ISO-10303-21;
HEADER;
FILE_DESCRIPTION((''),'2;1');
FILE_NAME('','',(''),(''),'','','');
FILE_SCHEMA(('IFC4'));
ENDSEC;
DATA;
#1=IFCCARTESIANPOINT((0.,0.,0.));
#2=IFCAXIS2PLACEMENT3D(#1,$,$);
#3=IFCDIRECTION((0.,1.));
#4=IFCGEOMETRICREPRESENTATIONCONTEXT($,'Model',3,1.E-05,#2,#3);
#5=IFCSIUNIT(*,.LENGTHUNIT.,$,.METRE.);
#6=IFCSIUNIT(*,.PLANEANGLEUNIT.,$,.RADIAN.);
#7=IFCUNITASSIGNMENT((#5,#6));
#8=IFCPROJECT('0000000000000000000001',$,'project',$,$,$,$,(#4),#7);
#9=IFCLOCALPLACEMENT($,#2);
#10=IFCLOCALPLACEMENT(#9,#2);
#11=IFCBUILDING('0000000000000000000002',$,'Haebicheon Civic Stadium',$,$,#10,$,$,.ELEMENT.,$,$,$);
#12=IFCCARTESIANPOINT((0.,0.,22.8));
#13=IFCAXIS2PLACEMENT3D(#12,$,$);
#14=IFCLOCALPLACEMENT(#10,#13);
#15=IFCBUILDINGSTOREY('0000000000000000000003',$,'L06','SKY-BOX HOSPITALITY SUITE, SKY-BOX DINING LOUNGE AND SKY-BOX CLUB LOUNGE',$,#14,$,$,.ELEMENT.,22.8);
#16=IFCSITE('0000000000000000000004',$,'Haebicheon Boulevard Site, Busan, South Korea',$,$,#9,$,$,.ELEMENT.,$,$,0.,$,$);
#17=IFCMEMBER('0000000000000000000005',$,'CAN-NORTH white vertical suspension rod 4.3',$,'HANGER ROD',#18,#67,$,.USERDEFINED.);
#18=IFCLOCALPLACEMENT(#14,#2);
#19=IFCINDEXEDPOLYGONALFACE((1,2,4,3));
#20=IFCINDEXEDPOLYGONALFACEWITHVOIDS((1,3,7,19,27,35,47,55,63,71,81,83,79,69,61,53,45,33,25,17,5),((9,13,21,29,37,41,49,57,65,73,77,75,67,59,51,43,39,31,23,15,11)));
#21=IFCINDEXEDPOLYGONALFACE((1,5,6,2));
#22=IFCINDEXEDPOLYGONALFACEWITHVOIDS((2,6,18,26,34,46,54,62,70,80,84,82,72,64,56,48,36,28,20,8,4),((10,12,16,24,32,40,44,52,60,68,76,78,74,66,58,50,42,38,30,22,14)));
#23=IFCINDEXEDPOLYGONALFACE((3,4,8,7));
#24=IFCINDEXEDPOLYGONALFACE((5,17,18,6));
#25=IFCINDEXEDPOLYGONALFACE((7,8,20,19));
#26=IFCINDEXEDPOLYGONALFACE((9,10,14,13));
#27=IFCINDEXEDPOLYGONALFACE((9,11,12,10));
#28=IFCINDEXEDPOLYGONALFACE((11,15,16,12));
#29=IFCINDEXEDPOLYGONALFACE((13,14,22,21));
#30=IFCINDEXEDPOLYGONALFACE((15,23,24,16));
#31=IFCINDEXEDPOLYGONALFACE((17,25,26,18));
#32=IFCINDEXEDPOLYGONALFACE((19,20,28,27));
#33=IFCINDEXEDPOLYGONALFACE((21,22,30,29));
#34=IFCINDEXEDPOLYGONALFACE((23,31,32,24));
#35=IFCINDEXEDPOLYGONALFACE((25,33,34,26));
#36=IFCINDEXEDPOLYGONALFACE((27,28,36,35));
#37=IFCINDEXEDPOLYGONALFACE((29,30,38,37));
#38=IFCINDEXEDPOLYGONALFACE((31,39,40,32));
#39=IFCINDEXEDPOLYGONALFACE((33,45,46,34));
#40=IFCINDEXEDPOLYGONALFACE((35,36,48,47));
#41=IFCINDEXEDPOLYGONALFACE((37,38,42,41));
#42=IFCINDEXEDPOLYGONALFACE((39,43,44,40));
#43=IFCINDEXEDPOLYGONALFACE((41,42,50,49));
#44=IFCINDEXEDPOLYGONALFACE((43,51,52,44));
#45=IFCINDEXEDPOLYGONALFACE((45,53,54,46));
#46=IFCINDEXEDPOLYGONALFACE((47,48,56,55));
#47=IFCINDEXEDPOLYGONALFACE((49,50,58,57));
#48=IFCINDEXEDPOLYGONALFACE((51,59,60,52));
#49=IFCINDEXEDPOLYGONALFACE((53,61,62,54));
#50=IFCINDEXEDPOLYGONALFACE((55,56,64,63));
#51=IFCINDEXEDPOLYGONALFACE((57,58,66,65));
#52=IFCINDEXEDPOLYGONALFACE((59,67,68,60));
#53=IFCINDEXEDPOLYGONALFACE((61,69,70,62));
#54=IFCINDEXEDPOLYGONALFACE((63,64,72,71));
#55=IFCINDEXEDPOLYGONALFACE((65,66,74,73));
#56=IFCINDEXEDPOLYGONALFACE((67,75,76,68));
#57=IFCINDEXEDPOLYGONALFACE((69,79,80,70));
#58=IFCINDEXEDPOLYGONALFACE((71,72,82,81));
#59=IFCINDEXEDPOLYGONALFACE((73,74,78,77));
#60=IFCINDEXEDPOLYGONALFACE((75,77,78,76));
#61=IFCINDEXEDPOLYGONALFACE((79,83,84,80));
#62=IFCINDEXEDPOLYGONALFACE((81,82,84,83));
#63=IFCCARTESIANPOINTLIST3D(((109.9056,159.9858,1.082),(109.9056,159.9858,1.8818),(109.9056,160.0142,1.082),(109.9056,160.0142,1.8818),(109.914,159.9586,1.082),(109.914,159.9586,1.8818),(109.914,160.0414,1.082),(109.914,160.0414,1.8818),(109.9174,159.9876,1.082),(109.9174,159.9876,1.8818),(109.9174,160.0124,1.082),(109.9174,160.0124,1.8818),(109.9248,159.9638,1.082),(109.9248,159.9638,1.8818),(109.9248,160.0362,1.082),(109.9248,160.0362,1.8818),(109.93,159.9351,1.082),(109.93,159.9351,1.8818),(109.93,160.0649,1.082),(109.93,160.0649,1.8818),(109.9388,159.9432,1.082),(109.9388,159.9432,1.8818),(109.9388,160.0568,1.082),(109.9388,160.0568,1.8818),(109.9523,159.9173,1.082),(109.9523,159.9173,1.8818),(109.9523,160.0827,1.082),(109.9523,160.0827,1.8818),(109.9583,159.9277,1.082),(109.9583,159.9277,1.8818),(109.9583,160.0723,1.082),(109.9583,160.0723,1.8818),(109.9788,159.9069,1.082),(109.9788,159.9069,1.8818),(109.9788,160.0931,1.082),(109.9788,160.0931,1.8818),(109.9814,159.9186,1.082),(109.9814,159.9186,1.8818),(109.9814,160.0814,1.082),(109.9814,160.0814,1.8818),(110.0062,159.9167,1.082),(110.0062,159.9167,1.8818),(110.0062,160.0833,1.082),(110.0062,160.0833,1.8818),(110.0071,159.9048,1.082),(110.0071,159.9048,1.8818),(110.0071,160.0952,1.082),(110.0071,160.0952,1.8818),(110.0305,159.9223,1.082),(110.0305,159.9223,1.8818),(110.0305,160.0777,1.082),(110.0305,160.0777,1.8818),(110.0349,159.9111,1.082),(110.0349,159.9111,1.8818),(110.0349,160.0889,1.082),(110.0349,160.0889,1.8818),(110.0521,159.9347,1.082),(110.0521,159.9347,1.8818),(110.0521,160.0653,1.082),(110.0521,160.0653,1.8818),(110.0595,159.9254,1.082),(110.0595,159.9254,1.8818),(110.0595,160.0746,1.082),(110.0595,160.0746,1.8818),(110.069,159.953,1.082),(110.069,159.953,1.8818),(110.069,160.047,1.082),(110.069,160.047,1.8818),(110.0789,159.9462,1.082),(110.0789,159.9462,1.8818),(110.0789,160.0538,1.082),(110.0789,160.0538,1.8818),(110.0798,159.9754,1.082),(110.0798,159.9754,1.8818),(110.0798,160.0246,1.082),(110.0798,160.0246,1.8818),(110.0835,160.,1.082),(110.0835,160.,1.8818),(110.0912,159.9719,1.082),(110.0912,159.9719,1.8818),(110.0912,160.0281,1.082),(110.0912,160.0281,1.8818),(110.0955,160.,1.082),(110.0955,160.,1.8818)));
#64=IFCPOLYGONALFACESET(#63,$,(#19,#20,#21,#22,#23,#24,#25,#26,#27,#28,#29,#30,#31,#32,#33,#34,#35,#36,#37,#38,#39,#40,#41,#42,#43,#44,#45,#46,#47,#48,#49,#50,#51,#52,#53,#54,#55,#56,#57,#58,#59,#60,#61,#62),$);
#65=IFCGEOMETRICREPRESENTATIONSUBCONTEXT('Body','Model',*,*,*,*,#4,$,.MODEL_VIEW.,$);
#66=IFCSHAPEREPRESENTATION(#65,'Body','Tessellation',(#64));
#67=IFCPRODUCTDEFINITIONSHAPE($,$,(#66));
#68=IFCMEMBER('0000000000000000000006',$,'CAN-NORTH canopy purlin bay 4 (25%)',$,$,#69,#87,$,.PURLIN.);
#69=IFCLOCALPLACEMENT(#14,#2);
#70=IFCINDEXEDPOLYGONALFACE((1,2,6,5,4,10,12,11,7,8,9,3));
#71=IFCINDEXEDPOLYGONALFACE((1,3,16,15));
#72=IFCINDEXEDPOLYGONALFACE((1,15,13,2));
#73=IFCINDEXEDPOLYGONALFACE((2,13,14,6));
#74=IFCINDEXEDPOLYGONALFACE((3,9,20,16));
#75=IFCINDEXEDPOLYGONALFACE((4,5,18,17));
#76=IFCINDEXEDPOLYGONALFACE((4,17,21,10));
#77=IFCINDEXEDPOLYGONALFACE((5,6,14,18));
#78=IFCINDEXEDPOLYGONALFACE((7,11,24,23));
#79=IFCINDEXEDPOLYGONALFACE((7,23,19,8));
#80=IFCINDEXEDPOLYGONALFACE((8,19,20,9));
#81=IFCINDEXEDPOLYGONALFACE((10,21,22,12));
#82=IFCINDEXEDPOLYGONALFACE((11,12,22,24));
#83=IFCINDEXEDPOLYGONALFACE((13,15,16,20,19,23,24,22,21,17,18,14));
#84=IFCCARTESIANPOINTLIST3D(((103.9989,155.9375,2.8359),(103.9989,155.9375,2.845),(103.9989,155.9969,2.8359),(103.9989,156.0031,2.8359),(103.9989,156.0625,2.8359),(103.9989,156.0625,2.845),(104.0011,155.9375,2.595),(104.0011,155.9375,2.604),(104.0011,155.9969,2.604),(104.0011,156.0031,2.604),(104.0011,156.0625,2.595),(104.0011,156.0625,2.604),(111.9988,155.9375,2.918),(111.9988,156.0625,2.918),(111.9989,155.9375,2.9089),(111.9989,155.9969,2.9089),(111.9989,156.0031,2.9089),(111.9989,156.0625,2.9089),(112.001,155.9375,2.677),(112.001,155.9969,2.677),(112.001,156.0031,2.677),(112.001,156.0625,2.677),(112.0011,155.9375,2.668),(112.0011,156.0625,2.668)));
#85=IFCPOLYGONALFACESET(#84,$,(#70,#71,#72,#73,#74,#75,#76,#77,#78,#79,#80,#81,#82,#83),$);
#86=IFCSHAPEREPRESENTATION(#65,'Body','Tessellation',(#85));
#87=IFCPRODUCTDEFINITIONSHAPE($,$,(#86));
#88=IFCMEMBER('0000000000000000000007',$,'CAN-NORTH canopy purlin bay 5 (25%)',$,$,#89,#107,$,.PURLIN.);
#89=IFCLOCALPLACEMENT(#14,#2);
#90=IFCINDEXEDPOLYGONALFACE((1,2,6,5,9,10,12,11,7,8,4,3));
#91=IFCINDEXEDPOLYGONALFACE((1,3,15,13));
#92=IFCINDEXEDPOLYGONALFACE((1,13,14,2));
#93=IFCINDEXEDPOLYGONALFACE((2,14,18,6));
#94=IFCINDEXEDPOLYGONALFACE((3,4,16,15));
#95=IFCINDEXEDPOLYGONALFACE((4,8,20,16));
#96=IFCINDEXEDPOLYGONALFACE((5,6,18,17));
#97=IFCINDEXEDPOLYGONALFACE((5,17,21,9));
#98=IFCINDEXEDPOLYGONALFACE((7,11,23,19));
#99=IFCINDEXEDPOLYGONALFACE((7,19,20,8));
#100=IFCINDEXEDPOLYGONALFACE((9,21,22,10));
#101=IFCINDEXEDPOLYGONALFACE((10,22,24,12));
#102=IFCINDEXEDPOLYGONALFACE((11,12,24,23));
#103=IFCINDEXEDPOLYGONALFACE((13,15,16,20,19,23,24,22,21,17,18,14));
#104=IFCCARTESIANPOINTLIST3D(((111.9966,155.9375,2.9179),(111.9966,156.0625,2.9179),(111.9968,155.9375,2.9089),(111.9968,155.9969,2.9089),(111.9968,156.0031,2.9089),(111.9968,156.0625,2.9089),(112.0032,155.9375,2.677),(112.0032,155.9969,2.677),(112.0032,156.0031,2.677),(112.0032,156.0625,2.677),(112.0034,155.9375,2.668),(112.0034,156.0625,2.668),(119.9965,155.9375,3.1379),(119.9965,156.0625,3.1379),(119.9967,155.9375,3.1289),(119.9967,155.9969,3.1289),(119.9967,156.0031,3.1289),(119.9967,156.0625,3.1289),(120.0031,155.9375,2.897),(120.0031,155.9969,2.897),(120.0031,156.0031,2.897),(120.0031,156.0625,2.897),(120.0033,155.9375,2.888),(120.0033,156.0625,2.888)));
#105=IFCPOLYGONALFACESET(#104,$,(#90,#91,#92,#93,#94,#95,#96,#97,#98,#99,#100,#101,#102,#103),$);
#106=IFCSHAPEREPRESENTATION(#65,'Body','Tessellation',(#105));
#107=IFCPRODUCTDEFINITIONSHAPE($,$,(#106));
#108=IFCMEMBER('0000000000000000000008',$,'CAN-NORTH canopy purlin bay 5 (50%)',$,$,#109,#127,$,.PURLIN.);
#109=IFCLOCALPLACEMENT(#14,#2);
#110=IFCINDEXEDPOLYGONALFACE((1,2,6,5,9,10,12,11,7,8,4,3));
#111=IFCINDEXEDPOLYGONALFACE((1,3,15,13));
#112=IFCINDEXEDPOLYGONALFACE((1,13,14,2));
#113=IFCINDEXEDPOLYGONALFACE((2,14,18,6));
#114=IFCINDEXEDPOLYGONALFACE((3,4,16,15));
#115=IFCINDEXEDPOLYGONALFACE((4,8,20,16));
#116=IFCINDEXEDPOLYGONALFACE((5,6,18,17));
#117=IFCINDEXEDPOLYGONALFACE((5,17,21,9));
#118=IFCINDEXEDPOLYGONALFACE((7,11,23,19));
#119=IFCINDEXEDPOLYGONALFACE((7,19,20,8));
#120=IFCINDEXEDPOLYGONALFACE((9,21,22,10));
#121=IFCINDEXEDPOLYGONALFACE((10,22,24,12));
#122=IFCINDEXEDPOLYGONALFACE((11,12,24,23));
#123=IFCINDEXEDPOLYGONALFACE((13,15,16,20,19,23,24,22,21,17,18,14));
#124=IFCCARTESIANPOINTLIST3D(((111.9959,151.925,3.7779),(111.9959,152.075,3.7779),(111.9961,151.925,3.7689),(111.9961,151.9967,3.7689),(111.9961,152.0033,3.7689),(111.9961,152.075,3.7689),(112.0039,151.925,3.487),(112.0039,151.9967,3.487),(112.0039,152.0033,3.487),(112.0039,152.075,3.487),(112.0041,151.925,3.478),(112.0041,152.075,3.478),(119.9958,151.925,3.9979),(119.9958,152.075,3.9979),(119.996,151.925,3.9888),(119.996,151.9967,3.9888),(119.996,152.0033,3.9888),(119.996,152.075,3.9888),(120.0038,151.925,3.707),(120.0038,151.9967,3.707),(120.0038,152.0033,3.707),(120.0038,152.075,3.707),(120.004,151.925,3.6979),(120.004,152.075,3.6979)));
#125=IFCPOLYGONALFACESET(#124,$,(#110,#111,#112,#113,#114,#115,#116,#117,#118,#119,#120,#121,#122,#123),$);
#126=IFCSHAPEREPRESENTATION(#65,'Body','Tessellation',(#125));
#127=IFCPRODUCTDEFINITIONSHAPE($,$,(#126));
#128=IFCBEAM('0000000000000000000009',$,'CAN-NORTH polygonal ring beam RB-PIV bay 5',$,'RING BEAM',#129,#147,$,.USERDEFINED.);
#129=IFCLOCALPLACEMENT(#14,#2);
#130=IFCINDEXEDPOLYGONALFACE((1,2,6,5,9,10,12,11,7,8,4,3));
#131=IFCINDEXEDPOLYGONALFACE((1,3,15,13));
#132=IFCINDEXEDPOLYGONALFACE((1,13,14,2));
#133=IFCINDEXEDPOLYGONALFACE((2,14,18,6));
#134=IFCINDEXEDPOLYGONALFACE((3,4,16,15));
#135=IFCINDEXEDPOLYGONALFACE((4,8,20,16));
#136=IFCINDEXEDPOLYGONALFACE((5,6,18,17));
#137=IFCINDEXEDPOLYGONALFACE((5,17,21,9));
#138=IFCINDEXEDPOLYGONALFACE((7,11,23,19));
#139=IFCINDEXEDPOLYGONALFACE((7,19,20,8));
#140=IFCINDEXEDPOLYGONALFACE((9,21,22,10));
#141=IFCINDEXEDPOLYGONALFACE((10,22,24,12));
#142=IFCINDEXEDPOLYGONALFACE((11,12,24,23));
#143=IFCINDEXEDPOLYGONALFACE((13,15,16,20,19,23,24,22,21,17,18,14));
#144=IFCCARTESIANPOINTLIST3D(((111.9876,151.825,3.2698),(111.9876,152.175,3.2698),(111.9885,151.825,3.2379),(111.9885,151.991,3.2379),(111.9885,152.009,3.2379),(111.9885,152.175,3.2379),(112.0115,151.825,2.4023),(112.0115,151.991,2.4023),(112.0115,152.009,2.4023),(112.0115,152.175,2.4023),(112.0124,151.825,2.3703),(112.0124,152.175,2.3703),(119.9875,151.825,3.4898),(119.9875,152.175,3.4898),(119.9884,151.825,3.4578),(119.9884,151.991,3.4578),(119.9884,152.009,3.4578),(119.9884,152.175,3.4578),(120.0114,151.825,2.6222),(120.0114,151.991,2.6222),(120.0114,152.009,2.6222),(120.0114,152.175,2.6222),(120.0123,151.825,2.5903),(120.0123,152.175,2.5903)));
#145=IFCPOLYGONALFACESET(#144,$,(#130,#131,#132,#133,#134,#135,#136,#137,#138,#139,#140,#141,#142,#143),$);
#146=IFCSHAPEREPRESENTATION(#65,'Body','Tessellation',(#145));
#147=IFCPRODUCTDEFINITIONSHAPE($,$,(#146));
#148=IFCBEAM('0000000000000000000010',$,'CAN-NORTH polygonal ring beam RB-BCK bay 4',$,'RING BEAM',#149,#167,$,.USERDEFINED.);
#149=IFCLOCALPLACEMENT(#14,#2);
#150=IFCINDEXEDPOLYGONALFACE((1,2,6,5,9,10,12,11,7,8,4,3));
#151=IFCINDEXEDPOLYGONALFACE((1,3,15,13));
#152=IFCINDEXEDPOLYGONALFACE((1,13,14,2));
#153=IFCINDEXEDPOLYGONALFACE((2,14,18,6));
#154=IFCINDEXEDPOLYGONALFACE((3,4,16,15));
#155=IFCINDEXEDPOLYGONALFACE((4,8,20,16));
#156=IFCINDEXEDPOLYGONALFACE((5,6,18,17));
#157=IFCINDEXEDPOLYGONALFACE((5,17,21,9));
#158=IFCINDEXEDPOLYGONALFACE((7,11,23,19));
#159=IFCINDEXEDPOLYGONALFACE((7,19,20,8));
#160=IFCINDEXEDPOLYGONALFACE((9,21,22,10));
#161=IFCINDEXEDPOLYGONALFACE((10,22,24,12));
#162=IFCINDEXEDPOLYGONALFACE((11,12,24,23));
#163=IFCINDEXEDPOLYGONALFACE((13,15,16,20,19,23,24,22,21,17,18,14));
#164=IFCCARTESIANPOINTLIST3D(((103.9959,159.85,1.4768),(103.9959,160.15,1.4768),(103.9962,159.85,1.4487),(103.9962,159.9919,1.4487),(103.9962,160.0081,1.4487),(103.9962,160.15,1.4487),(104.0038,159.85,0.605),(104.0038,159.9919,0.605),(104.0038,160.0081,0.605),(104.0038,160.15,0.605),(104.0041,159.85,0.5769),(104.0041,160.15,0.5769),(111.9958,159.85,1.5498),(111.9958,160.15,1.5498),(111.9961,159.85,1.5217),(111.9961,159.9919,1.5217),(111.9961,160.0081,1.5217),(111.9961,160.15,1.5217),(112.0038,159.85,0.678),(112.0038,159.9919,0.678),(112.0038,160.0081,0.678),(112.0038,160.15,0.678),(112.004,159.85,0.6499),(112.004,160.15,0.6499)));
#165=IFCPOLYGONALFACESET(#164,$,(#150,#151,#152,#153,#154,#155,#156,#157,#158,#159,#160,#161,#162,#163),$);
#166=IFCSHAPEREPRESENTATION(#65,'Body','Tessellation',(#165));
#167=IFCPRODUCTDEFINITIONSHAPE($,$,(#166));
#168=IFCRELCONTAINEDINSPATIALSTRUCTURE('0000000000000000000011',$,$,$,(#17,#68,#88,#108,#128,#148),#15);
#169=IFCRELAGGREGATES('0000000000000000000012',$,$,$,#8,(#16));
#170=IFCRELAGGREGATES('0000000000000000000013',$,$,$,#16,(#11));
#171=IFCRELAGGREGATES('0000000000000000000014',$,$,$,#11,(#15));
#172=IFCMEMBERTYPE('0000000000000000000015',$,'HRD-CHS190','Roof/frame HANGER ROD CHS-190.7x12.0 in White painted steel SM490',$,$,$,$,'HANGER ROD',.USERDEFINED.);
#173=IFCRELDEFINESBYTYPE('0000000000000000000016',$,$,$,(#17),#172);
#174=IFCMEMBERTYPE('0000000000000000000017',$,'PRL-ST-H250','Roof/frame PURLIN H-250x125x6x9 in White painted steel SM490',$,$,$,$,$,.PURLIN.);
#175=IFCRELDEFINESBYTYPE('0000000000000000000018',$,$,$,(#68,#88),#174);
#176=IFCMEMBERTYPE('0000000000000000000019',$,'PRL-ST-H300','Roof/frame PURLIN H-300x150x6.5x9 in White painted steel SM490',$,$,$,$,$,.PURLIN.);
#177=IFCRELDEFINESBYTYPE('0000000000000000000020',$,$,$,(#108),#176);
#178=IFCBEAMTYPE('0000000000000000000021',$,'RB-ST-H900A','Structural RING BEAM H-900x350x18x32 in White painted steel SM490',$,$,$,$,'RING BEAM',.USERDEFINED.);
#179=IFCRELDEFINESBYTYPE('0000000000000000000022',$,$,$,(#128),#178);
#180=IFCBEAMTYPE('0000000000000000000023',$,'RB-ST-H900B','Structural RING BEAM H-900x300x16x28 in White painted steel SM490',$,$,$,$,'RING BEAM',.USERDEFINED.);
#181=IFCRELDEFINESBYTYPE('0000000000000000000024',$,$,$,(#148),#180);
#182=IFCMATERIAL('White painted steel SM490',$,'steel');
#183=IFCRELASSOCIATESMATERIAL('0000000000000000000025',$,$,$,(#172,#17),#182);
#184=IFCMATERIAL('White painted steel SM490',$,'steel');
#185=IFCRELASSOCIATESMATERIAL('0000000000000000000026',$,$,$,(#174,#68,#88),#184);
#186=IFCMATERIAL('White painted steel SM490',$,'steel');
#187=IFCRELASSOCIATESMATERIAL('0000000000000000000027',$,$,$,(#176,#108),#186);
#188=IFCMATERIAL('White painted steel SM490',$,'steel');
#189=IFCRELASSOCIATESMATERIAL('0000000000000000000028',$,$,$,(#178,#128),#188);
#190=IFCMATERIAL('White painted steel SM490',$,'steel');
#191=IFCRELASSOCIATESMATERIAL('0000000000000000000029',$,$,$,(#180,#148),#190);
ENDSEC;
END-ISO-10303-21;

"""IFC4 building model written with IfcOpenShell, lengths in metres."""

from ifc_helpers import new_model, si_unit, direction, frame, origin, origin_2d, place, context, subcontext, project, spatial, hollow_circle, i_section, extrude, material, material_profile, profile_set, type_object, element, save


model = new_model("IFC4")

# Units and contexts
model_context = context("Model", 3, precision=1e-05, world=origin(), true_north=direction((0.0, 1.0)))
body_context = subcontext(model_context, "Body", "Model", "MODEL_VIEW")
ifc_project = project(units=[si_unit("LENGTHUNIT", "METRE"), si_unit("PLANEANGLEUNIT", "RADIAN")], contexts=[model_context])

# Site, building, storey
site_placement = place(None, origin())
site = spatial("IfcSite", under=ifc_project, at=site_placement, Name="Haebicheon Boulevard Site, Busan, South Korea", CompositionType="ELEMENT", RefElevation=0.0)
building_placement = place(site_placement, origin())
building = spatial("IfcBuilding", under=site, at=building_placement, Name="Haebicheon Civic Stadium", CompositionType="ELEMENT")
storey_placement = place(building_placement, frame((0.0, 0.0, 22.8)))
storey = spatial("IfcBuildingStorey", under=building, at=storey_placement, Name="L06", Description="SKY-BOX HOSPITALITY SUITE, SKY-BOX DINING LOUNGE AND SKY-BOX CLUB LOUNGE", CompositionType="ELEMENT", Elevation=22.8)

# Members
ifc_material_1 = material(Name="White painted steel SM490", Category="steel")
ifc_material_profile_1 = material_profile(ifc_material_1, hollow_circle(Radius=0.0955, WallThickness=0.012, at=origin_2d()), Name="CHS-190.7x12.0")
ifc_profile_set_1 = profile_set([ifc_material_profile_1], Name="White painted steel SM490")
member_type_1 = type_object("IfcMemberType", Name="HRD-CHS190", Description="Roof/frame HANGER ROD CHS-190.7x12.0 in White painted steel SM490", ElementType="HANGER ROD", PredefinedType="USERDEFINED", material=ifc_profile_set_1)
member_1_placement = place(storey_placement, frame((110.0, 160.0, 1.082), z_axis=(0.0, 0.0, 1.0), x_axis=(1.0, 0.0, 0.0)))
element("IfcMember", 1, at=member_1_placement, inside=storey, type_object=member_type_1, material=ifc_profile_set_1, Name="CAN-NORTH white vertical suspension rod 4.3", ObjectType="HANGER ROD", PredefinedType="USERDEFINED", context=body_context, shape_type="SweptSolid", body=[
    extrude(hollow_circle(Radius=0.0955, WallThickness=0.012, at=origin_2d()), origin(), (0.0, 0.0, 1.0), 0.7998),
])
ifc_material_2 = material(Name="White painted steel SM490", Category="steel")
ifc_material_profile_2 = material_profile(ifc_material_2, i_section(OverallWidth=0.125, OverallDepth=0.25, WebThickness=0.0061, FlangeThickness=0.009, at=origin_2d()), Name="H-250x125x6x9")
ifc_profile_set_2 = profile_set([ifc_material_profile_2], Name="White painted steel SM490")
member_type_2 = type_object("IfcMemberType", Name="PRL-ST-H250", Description="Roof/frame PURLIN H-250x125x6x9 in White painted steel SM490", PredefinedType="PURLIN", material=ifc_profile_set_2)
member_2_placement = place(storey_placement, frame((104.0, 156.0, 2.72), z_axis=(0.999958, 0.0, 0.009124), x_axis=(0.0, 1.0, 0.0)))
element("IfcMember", 2, at=member_2_placement, inside=storey, type_object=member_type_2, material=ifc_profile_set_2, Name="CAN-NORTH canopy purlin bay 4 (25%)", PredefinedType="PURLIN", context=body_context, shape_type="SweptSolid", body=[
    extrude(i_section(OverallWidth=0.125, OverallDepth=0.25, WebThickness=0.0061, FlangeThickness=0.009, at=origin_2d()), origin(), (0.0, 0.0, 1.0), 8.0002),
])
member_3_placement = place(storey_placement, frame((112.0, 156.0, 2.793), z_axis=(0.999622, 0.0, 0.027486), x_axis=(0.0, 1.0, 0.0)))
element("IfcMember", 3, at=member_3_placement, inside=storey, type_object=member_type_2, material=ifc_profile_set_2, Name="CAN-NORTH canopy purlin bay 5 (25%)", PredefinedType="PURLIN", context=body_context, shape_type="SweptSolid", body=[
    extrude(i_section(OverallWidth=0.125, OverallDepth=0.25, WebThickness=0.0061, FlangeThickness=0.009, at=origin_2d()), origin(), (0.0, 0.0, 1.0), 8.0029),
])
ifc_material_3 = material(Name="White painted steel SM490", Category="steel")
ifc_material_profile_3 = material_profile(ifc_material_3, i_section(OverallWidth=0.1499, OverallDepth=0.3, WebThickness=0.0066, FlangeThickness=0.009, at=origin_2d()), Name="H-300x150x6.5x9")
ifc_profile_set_3 = profile_set([ifc_material_profile_3], Name="White painted steel SM490")
member_type_3 = type_object("IfcMemberType", Name="PRL-ST-H300", Description="Roof/frame PURLIN H-300x150x6.5x9 in White painted steel SM490", PredefinedType="PURLIN", material=ifc_profile_set_3)
member_4_placement = place(storey_placement, frame((112.0, 152.0, 3.6279), z_axis=(0.999622, 0.0, 0.027486), x_axis=(0.0, 1.0, 0.0)))
element("IfcMember", 4, at=member_4_placement, inside=storey, type_object=member_type_3, material=ifc_profile_set_3, Name="CAN-NORTH canopy purlin bay 5 (50%)", PredefinedType="PURLIN", context=body_context, shape_type="SweptSolid", body=[
    extrude(i_section(OverallWidth=0.1499, OverallDepth=0.3, WebThickness=0.0066, FlangeThickness=0.009, at=origin_2d()), origin(), (0.0, 0.0, 1.0), 8.0029),
])

# Beams
ifc_material_4 = material(Name="White painted steel SM490", Category="steel")
ifc_material_profile_4 = material_profile(ifc_material_4, i_section(OverallWidth=0.3501, OverallDepth=0.8999, WebThickness=0.0181, FlangeThickness=0.032, at=origin_2d()), Name="H-900x350x18x32")
ifc_profile_set_4 = profile_set([ifc_material_profile_4], Name="White painted steel SM490")
beam_type_1 = type_object("IfcBeamType", Name="RB-ST-H900A", Description="Structural RING BEAM H-900x350x18x32 in White painted steel SM490", ElementType="RING BEAM", PredefinedType="USERDEFINED", material=ifc_profile_set_4)
beam_1_placement = place(storey_placement, frame((112.0, 152.0, 2.8201), z_axis=(0.999622, 0.0, 0.027486), x_axis=(0.0, 1.0, 0.0)))
element("IfcBeam", 5, at=beam_1_placement, inside=storey, type_object=beam_type_1, material=ifc_profile_set_4, Name="CAN-NORTH polygonal ring beam RB-PIV bay 5", ObjectType="RING BEAM", PredefinedType="USERDEFINED", context=body_context, shape_type="SweptSolid", body=[
    extrude(i_section(OverallWidth=0.3501, OverallDepth=0.8999, WebThickness=0.0181, FlangeThickness=0.032, at=origin_2d()), origin(), (0.0, 0.0, 1.0), 8.0029),
])
ifc_material_5 = material(Name="White painted steel SM490", Category="steel")
ifc_material_profile_5 = material_profile(ifc_material_5, i_section(OverallWidth=0.3, OverallDepth=0.8999, WebThickness=0.0161, FlangeThickness=0.0281, at=origin_2d()), Name="H-900x300x16x28")
ifc_profile_set_5 = profile_set([ifc_material_profile_5], Name="White painted steel SM490")
beam_type_2 = type_object("IfcBeamType", Name="RB-ST-H900B", Description="Structural RING BEAM H-900x300x16x28 in White painted steel SM490", ElementType="RING BEAM", PredefinedType="USERDEFINED", material=ifc_profile_set_5)
beam_2_placement = place(storey_placement, frame((104.0, 160.0, 1.0269), z_axis=(0.999958, 0.0, 0.009124), x_axis=(0.0, 1.0, 0.0)))
element("IfcBeam", 6, at=beam_2_placement, inside=storey, type_object=beam_type_2, material=ifc_profile_set_5, Name="CAN-NORTH polygonal ring beam RB-BCK bay 4", ObjectType="RING BEAM", PredefinedType="USERDEFINED", context=body_context, shape_type="SweptSolid", body=[
    extrude(i_section(OverallWidth=0.3, OverallDepth=0.8999, WebThickness=0.0161, FlangeThickness=0.0281, at=origin_2d()), origin(), (0.0, 0.0, 1.0), 8.0002),
])

save(model, "model.ifc")
